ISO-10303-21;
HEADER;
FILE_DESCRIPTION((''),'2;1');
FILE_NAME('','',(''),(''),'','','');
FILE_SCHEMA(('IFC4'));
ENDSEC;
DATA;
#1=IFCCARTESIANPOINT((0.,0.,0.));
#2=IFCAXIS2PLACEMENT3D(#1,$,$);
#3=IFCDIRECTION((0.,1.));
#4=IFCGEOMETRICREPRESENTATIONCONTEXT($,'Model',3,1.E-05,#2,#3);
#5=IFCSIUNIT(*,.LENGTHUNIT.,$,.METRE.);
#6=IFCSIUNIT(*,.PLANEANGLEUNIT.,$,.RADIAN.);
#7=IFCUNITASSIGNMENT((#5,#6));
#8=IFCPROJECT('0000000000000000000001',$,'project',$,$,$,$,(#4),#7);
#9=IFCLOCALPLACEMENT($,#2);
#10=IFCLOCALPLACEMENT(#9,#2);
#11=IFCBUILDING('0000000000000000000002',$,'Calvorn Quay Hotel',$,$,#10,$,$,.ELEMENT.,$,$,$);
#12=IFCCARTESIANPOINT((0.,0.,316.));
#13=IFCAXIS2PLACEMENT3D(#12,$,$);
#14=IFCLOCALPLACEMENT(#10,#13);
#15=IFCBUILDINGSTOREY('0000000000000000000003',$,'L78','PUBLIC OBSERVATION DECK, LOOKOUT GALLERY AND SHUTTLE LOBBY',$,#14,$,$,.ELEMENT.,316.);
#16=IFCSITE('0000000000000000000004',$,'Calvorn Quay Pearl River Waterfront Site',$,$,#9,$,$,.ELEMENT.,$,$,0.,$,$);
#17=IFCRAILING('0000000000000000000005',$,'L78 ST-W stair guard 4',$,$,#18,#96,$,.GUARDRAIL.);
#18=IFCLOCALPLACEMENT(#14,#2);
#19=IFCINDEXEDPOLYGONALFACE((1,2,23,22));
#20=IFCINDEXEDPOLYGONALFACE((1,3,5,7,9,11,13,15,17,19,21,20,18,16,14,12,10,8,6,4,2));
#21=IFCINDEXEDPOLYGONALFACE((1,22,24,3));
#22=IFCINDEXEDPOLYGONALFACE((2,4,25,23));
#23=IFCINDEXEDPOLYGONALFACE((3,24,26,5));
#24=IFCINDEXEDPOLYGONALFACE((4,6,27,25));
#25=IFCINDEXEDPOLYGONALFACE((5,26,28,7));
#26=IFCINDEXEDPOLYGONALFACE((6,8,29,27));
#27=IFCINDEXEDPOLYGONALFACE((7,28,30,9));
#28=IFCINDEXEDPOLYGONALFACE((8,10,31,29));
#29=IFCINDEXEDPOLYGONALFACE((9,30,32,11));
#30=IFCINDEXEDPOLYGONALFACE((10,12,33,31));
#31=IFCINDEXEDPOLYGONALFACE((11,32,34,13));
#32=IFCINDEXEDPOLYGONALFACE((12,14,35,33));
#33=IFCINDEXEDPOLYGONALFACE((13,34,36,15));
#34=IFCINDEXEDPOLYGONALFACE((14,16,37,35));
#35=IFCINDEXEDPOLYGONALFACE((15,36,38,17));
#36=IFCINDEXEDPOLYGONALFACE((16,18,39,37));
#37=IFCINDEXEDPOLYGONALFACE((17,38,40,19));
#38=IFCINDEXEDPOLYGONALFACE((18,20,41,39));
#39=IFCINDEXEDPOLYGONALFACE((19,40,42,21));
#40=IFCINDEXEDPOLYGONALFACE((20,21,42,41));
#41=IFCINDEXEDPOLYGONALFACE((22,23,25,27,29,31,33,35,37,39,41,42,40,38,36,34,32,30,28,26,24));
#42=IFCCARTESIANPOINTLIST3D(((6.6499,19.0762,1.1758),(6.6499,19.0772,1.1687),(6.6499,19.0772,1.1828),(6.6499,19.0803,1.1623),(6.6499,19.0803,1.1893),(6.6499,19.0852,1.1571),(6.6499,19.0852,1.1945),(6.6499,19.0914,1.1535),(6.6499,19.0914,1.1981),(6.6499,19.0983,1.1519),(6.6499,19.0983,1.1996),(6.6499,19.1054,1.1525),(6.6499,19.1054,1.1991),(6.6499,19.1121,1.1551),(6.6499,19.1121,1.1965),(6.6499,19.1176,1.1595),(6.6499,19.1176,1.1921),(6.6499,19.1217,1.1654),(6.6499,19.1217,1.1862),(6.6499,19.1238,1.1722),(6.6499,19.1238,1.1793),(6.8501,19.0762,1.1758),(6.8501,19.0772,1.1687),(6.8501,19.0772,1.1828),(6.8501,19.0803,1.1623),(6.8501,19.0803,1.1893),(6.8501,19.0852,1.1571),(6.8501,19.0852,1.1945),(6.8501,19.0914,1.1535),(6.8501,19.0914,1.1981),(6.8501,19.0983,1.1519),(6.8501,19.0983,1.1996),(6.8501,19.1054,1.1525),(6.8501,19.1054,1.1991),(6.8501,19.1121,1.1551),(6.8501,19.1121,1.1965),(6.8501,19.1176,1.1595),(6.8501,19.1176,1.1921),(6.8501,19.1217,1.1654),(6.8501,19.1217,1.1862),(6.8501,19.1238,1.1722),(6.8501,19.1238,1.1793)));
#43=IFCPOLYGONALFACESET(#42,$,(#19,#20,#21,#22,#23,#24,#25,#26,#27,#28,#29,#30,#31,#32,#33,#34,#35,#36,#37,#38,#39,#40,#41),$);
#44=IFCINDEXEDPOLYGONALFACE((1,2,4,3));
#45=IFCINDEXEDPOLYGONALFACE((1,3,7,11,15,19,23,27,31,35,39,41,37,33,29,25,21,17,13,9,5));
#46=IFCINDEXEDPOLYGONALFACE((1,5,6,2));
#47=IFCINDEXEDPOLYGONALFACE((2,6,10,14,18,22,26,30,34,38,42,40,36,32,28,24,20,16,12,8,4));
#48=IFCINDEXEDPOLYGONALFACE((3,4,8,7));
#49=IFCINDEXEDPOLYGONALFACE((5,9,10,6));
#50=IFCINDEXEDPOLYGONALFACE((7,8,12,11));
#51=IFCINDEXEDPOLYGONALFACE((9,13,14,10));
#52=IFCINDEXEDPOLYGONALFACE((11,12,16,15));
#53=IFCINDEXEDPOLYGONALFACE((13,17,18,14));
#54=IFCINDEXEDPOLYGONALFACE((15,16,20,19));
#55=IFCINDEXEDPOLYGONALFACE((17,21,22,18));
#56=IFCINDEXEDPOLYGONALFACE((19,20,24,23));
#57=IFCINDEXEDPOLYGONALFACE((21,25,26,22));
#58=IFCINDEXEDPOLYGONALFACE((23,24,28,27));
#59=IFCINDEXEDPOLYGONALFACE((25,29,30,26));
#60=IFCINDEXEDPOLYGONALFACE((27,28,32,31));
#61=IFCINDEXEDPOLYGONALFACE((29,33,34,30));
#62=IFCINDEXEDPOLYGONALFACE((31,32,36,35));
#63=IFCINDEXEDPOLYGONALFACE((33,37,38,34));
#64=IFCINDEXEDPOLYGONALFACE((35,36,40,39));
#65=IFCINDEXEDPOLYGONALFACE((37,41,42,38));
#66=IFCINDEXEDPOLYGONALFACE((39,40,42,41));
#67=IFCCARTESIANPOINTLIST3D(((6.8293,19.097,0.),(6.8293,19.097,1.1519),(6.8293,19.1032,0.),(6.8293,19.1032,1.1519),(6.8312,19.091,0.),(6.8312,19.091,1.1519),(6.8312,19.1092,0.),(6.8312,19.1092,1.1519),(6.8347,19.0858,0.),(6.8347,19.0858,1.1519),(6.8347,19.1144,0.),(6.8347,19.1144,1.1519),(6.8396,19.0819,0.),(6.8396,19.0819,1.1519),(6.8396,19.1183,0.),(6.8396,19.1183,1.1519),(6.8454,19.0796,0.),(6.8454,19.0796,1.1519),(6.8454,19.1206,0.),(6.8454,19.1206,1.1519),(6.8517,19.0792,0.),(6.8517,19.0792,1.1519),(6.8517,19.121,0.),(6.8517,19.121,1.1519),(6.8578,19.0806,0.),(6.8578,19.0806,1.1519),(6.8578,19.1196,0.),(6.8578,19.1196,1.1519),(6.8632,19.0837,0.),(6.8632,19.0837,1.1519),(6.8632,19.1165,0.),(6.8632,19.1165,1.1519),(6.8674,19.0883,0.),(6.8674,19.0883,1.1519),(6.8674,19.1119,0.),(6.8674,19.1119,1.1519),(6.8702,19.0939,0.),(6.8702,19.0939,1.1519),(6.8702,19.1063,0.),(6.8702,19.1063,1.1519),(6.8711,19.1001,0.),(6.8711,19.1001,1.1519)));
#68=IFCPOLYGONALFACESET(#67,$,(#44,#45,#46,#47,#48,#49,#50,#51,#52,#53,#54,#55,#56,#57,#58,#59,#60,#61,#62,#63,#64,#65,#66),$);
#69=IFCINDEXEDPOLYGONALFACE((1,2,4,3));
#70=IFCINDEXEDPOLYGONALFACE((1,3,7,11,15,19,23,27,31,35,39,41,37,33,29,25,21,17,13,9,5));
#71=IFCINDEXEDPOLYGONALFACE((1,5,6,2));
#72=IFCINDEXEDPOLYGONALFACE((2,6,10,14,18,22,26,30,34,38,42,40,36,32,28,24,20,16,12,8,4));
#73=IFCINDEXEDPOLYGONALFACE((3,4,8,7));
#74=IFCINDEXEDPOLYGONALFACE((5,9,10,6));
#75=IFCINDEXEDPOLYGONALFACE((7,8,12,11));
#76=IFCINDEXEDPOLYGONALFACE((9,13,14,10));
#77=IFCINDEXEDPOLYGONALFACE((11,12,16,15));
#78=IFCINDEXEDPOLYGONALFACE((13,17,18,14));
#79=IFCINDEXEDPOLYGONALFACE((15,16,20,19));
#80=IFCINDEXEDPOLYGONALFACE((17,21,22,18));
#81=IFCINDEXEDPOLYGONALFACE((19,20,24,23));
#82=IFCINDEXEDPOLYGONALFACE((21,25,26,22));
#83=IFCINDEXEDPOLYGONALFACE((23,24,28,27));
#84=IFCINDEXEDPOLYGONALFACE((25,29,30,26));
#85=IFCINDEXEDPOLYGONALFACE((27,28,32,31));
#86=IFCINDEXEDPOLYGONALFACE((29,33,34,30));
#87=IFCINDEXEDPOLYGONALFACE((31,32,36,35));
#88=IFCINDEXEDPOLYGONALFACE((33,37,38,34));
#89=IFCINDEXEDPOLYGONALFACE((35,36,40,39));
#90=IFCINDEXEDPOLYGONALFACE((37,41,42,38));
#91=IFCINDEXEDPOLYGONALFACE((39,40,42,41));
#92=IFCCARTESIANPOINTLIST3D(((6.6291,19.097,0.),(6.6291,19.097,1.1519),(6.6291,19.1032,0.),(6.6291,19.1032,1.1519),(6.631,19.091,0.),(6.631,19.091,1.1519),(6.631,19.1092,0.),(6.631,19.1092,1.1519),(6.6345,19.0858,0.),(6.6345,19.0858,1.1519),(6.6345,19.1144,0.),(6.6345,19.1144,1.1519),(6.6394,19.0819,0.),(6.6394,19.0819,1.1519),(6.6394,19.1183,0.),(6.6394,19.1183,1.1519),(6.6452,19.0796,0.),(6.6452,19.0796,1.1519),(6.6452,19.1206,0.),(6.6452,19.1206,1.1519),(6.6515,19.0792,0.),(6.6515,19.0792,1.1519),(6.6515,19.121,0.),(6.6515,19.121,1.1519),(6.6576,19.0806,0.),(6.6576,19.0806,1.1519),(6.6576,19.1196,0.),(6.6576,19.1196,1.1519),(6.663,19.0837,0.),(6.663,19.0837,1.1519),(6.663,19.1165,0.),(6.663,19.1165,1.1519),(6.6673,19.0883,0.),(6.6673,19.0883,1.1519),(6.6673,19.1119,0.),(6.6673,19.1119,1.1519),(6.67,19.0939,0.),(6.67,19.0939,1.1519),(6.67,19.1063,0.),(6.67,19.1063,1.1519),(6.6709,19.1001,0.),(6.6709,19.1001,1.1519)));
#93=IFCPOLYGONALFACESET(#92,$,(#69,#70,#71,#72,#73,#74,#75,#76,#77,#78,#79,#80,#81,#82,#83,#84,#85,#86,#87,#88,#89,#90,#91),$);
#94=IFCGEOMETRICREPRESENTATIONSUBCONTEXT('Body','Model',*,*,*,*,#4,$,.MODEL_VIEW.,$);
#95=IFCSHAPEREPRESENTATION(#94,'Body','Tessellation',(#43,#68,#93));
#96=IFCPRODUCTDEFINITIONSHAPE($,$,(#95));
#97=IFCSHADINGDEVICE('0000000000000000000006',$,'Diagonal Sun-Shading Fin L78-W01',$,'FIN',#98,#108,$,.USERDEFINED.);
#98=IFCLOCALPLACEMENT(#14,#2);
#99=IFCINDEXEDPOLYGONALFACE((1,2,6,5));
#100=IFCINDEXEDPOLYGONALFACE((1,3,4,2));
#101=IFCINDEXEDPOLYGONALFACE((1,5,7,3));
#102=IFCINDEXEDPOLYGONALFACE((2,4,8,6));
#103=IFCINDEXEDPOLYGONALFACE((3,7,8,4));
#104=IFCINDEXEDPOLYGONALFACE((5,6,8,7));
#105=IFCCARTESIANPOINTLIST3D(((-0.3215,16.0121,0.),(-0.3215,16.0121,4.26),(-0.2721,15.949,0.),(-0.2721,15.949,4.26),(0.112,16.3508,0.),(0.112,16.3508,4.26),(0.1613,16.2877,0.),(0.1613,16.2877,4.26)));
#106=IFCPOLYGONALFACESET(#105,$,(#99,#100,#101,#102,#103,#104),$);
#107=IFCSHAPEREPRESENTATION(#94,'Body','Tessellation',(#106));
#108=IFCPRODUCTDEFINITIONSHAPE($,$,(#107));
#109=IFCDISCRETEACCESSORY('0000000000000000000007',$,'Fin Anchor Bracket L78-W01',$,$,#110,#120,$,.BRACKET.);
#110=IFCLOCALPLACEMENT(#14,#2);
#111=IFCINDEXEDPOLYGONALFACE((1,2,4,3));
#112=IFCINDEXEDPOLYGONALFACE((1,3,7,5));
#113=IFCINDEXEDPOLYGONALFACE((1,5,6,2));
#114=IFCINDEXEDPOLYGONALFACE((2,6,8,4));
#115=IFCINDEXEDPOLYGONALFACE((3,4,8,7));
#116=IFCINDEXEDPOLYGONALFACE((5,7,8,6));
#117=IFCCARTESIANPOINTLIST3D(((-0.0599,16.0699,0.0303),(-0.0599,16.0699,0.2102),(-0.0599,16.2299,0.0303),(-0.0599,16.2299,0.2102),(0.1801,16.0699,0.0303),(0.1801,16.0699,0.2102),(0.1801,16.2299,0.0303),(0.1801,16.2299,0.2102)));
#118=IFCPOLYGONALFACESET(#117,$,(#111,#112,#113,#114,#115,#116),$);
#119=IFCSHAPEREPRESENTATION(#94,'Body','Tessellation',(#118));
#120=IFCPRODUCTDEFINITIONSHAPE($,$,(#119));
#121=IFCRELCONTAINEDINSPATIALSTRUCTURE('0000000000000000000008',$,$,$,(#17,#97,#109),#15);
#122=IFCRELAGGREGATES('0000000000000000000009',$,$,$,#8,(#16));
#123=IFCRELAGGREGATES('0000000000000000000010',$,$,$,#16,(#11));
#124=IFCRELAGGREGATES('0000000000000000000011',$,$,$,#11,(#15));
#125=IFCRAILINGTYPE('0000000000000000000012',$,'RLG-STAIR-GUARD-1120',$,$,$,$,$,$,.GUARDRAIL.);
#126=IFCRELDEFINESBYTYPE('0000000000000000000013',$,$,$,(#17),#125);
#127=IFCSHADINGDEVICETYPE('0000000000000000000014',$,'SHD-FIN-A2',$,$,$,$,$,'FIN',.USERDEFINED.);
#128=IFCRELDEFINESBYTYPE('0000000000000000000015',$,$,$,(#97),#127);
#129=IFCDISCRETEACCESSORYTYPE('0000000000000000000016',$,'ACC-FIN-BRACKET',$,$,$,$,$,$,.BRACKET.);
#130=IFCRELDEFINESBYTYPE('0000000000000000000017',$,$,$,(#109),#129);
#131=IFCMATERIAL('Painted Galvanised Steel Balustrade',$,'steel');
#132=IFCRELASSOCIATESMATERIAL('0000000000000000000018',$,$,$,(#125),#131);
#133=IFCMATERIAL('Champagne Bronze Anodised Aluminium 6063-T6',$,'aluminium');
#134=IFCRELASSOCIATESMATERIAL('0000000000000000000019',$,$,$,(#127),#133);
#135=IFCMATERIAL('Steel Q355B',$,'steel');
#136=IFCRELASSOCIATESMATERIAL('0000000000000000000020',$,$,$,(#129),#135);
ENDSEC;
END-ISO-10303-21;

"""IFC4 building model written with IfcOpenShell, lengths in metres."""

from ifc_helpers import new_model, si_unit, direction, frame, origin, origin_2d, place, context, subcontext, project, spatial, rectangle, circle, extrude, material, type_object, element, save


model = new_model("IFC4")

# Units and contexts
model_context = context("Model", 3, precision=1e-05, world=origin(), true_north=direction((0.0, 1.0)))
body_context = subcontext(model_context, "Body", "Model", "MODEL_VIEW")
ifc_project = project(units=[si_unit("LENGTHUNIT", "METRE"), si_unit("PLANEANGLEUNIT", "RADIAN")], contexts=[model_context])

# Site, building, storey
site_placement = place(None, origin())
site = spatial("IfcSite", under=ifc_project, at=site_placement, Name="Calvorn Quay Pearl River Waterfront Site", CompositionType="ELEMENT", RefElevation=0.0)
building_placement = place(site_placement, origin())
building = spatial("IfcBuilding", under=site, at=building_placement, Name="Calvorn Quay Hotel", CompositionType="ELEMENT")
storey_placement = place(building_placement, frame((0.0, 0.0, 316.0)))
storey = spatial("IfcBuildingStorey", under=building, at=storey_placement, Name="L78", Description="PUBLIC OBSERVATION DECK, LOOKOUT GALLERY AND SHUTTLE LOBBY", CompositionType="ELEMENT", Elevation=316.0)

# Railing
ifc_material_1 = material(Name="Painted Galvanised Steel Balustrade", Category="steel")
railing_type_1 = type_object("IfcRailingType", Name="RLG-STAIR-GUARD-1120", PredefinedType="GUARDRAIL", material=ifc_material_1)
railing_1_placement = place(storey_placement, frame((6.8501, 19.1001, 0.0)))
element("IfcRailing", 1, at=railing_1_placement, inside=storey, type_object=railing_type_1, Name="L78 ST-W stair guard 4", PredefinedType="GUARDRAIL", context=body_context, shape_type="SweptSolid", body=[
    extrude(circle(Radius=0.0239, at=origin_2d()), frame((0.0, 0.0, 1.1758), z_axis=(-1.0, 0.0, 0.0), x_axis=(0.0, -1.0, 0.0)), (0.0, 0.0, 1.0), 0.2002),
    extrude(circle(Radius=0.021, at=origin_2d()), origin(), (0.0, 0.0, 1.0), 1.1519),
    extrude(circle(Radius=0.021, at=origin_2d()), frame((-0.2002, 0.0, 0.0)), (0.0, 0.0, 1.0), 1.1519),
])

# Shading device
ifc_material_2 = material(Name="Champagne Bronze Anodised Aluminium 6063-T6", Category="aluminium")
shading_device_type = type_object("IfcShadingDeviceType", Name="SHD-FIN-A2", ElementType="FIN", PredefinedType="USERDEFINED", material=ifc_material_2)
shading_device_placement = place(storey_placement, frame((-0.0801, 16.1499, 0.0), z_axis=(0.0, 0.0, 1.0), x_axis=(0.788011, 0.615661, 0.0)))
element("IfcShadingDevice", 2, at=shading_device_placement, inside=storey, type_object=shading_device_type, Name="Diagonal Sun-Shading Fin L78-W01", ObjectType="FIN", PredefinedType="USERDEFINED", context=body_context, shape_type="SweptSolid", body=[
    extrude(rectangle(XDim=0.55, YDim=0.0801, at=origin_2d()), origin(), (0.0, 0.0, 1.0), 4.26),
])

# Discrete accessory
ifc_material_3 = material(Name="Steel Q355B", Category="steel")
discrete_accessory_type = type_object("IfcDiscreteAccessoryType", Name="ACC-FIN-BRACKET", PredefinedType="BRACKET", material=ifc_material_3)
discrete_accessory_placement = place(storey_placement, frame((0.0601, 16.1499, 0.0303), z_axis=(0.0, 0.0, 1.0), x_axis=(1.0, 0.0, 0.0)))
element("IfcDiscreteAccessory", 3, at=discrete_accessory_placement, inside=storey, type_object=discrete_accessory_type, Name="Fin Anchor Bracket L78-W01", PredefinedType="BRACKET", context=body_context, shape_type="SweptSolid", body=[
    extrude(rectangle(XDim=0.24, YDim=0.1599, at=origin_2d()), origin(), (0.0, 0.0, 1.0), 0.1799),
])

save(model, "model.ifc")
